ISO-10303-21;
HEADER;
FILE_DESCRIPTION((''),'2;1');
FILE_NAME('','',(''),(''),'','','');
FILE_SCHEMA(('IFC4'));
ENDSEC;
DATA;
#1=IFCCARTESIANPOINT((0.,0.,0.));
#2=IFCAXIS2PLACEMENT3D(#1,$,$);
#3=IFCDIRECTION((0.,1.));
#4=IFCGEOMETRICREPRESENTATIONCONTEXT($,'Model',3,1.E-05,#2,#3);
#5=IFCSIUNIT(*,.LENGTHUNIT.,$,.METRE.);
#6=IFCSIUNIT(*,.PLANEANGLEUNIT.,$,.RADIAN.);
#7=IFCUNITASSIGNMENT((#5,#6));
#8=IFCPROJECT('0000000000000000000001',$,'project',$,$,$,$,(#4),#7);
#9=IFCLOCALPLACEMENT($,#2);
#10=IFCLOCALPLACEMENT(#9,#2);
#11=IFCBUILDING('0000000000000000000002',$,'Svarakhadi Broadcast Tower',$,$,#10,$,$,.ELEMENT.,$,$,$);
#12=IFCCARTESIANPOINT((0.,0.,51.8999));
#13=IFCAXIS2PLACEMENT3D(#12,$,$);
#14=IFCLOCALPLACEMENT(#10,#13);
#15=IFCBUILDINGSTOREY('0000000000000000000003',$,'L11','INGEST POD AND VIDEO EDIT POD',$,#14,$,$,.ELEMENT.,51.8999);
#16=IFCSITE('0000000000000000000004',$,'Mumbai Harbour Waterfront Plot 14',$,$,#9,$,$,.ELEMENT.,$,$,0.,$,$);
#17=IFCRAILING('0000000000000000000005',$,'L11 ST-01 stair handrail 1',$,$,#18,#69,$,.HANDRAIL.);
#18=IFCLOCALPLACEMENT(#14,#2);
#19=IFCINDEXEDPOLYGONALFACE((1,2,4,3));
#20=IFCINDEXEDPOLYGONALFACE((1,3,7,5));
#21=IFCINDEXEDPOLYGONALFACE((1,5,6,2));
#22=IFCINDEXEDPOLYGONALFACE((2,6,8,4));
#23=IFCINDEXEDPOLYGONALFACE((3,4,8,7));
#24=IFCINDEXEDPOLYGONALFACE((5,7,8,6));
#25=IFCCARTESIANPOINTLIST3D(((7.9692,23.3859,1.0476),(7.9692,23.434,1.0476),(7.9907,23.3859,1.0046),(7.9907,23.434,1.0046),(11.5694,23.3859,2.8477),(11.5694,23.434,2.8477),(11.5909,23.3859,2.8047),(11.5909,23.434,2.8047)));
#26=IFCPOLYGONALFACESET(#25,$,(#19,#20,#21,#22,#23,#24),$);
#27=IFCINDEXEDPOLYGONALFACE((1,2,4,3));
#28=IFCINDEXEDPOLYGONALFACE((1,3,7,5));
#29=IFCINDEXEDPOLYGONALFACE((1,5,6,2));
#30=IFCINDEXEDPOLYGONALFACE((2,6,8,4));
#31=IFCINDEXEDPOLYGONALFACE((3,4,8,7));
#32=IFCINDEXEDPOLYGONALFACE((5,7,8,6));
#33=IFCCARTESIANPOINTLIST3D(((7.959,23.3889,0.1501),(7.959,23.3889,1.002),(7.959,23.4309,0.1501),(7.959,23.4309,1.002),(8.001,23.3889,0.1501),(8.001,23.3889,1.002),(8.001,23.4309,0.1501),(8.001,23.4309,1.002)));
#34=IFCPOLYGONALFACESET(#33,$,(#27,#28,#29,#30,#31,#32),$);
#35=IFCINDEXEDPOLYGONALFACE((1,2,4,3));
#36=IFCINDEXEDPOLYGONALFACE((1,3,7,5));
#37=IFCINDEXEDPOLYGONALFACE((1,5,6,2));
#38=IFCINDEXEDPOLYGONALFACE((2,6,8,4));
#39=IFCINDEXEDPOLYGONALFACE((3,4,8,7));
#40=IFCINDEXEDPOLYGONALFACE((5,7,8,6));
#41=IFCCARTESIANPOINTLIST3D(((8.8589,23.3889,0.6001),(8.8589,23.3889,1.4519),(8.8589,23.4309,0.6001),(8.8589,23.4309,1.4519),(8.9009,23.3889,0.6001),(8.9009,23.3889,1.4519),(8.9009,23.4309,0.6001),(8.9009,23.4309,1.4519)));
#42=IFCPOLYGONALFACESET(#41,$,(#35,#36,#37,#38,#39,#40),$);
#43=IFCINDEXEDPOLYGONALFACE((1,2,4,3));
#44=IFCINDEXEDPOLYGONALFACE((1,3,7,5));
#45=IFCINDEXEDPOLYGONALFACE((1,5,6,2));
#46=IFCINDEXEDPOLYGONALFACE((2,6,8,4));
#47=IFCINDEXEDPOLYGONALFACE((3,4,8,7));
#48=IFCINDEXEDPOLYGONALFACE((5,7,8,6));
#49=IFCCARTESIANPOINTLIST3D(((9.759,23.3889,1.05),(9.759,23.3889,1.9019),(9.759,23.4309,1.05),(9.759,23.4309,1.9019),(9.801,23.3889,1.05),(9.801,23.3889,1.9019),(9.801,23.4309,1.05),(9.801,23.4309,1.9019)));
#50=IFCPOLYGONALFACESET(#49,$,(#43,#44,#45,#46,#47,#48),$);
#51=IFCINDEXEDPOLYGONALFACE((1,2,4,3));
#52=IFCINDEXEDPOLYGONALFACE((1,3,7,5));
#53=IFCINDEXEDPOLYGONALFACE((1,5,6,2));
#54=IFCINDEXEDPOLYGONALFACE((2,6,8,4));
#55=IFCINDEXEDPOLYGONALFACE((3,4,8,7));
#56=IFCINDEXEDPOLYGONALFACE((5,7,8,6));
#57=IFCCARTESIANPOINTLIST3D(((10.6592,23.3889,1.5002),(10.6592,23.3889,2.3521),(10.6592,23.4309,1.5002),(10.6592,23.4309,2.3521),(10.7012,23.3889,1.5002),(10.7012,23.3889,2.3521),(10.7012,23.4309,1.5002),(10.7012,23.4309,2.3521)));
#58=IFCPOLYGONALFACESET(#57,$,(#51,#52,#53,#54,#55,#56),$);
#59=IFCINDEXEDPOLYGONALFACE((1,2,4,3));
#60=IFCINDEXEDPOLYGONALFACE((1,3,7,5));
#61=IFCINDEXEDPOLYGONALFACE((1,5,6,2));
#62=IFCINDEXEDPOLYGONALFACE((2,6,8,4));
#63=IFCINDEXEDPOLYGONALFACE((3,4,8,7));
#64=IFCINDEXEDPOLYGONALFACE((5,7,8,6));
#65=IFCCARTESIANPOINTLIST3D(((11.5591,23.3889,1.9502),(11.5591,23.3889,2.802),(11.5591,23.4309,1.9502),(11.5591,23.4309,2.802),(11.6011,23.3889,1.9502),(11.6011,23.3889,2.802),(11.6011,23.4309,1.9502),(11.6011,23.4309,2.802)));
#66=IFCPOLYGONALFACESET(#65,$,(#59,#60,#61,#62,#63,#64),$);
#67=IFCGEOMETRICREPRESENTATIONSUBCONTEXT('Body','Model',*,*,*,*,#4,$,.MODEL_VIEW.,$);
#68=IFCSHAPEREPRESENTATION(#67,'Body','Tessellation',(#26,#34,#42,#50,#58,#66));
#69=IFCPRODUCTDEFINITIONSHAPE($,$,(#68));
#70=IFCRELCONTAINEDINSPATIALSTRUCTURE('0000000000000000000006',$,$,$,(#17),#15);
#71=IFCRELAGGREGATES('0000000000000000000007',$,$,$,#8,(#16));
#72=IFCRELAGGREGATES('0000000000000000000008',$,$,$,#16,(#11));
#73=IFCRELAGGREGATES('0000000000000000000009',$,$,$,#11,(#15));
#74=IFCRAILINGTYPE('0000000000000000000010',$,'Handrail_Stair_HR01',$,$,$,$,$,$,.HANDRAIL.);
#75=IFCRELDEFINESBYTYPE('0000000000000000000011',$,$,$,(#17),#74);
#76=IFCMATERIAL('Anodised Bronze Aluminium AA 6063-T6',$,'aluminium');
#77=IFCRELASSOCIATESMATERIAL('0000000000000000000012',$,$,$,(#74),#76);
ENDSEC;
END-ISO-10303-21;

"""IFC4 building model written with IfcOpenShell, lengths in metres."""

from ifc_helpers import new_model, si_unit, direction, frame, origin, origin_2d, place, context, subcontext, project, spatial, rectangle, extrude, material, type_object, element, save


model = new_model("IFC4")

# Units and contexts
model_context = context("Model", 3, precision=1e-05, world=origin(), true_north=direction((0.0, 1.0)))
body_context = subcontext(model_context, "Body", "Model", "MODEL_VIEW")
ifc_project = project(units=[si_unit("LENGTHUNIT", "METRE"), si_unit("PLANEANGLEUNIT", "RADIAN")], contexts=[model_context])

# Site, building, storey
site_placement = place(None, origin())
site = spatial("IfcSite", under=ifc_project, at=site_placement, Name="Mumbai Harbour Waterfront Plot 14", CompositionType="ELEMENT", RefElevation=0.0)
building_placement = place(site_placement, origin())
building = spatial("IfcBuilding", under=site, at=building_placement, Name="Svarakhadi Broadcast Tower", CompositionType="ELEMENT")
storey_placement = place(building_placement, frame((0.0, 0.0, 51.8999)))
storey = spatial("IfcBuildingStorey", under=building, at=storey_placement, Name="L11", Description="INGEST POD AND VIDEO EDIT POD", CompositionType="ELEMENT", Elevation=51.8999)

# Railing
ifc_material_1 = material(Name="Anodised Bronze Aluminium AA 6063-T6", Category="aluminium")
railing_type = type_object("IfcRailingType", Name="Handrail_Stair_HR01", PredefinedType="HANDRAIL", material=ifc_material_1)
railing_placement = place(storey_placement, frame((7.98, 23.4099, 0.1501)))
element("IfcRailing", 1, at=railing_placement, inside=storey, type_object=railing_type, Name="L11 ST-01 stair handrail 1", PredefinedType="HANDRAIL", context=body_context, shape_type="SweptSolid", body=[
    extrude(rectangle(XDim=0.0481, YDim=0.0481, at=origin_2d()), frame((0.0, 0.0, 0.876), z_axis=(0.894427, 0.0, 0.447214), x_axis=(0.0, 1.0, 0.0)), (0.0, 0.0, 1.0), 4.0251),
    extrude(rectangle(XDim=0.042, YDim=0.042, at=origin_2d()), origin(), (0.0, 0.0, 1.0), 0.8518),
    extrude(rectangle(XDim=0.042, YDim=0.042, at=origin_2d()), frame((0.8999, 0.0, 0.45)), (0.0, 0.0, 1.0), 0.8518),
    extrude(rectangle(XDim=0.042, YDim=0.042, at=origin_2d()), frame((1.8, 0.0, 0.8999)), (0.0, 0.0, 1.0), 0.8518),
    extrude(rectangle(XDim=0.042, YDim=0.042, at=origin_2d()), frame((2.7002, 0.0, 1.3501)), (0.0, 0.0, 1.0), 0.8518),
    extrude(rectangle(XDim=0.042, YDim=0.042, at=origin_2d()), frame((3.6001, 0.0, 1.8)), (0.0, 0.0, 1.0), 0.8518),
])

save(model, "model.ifc")
